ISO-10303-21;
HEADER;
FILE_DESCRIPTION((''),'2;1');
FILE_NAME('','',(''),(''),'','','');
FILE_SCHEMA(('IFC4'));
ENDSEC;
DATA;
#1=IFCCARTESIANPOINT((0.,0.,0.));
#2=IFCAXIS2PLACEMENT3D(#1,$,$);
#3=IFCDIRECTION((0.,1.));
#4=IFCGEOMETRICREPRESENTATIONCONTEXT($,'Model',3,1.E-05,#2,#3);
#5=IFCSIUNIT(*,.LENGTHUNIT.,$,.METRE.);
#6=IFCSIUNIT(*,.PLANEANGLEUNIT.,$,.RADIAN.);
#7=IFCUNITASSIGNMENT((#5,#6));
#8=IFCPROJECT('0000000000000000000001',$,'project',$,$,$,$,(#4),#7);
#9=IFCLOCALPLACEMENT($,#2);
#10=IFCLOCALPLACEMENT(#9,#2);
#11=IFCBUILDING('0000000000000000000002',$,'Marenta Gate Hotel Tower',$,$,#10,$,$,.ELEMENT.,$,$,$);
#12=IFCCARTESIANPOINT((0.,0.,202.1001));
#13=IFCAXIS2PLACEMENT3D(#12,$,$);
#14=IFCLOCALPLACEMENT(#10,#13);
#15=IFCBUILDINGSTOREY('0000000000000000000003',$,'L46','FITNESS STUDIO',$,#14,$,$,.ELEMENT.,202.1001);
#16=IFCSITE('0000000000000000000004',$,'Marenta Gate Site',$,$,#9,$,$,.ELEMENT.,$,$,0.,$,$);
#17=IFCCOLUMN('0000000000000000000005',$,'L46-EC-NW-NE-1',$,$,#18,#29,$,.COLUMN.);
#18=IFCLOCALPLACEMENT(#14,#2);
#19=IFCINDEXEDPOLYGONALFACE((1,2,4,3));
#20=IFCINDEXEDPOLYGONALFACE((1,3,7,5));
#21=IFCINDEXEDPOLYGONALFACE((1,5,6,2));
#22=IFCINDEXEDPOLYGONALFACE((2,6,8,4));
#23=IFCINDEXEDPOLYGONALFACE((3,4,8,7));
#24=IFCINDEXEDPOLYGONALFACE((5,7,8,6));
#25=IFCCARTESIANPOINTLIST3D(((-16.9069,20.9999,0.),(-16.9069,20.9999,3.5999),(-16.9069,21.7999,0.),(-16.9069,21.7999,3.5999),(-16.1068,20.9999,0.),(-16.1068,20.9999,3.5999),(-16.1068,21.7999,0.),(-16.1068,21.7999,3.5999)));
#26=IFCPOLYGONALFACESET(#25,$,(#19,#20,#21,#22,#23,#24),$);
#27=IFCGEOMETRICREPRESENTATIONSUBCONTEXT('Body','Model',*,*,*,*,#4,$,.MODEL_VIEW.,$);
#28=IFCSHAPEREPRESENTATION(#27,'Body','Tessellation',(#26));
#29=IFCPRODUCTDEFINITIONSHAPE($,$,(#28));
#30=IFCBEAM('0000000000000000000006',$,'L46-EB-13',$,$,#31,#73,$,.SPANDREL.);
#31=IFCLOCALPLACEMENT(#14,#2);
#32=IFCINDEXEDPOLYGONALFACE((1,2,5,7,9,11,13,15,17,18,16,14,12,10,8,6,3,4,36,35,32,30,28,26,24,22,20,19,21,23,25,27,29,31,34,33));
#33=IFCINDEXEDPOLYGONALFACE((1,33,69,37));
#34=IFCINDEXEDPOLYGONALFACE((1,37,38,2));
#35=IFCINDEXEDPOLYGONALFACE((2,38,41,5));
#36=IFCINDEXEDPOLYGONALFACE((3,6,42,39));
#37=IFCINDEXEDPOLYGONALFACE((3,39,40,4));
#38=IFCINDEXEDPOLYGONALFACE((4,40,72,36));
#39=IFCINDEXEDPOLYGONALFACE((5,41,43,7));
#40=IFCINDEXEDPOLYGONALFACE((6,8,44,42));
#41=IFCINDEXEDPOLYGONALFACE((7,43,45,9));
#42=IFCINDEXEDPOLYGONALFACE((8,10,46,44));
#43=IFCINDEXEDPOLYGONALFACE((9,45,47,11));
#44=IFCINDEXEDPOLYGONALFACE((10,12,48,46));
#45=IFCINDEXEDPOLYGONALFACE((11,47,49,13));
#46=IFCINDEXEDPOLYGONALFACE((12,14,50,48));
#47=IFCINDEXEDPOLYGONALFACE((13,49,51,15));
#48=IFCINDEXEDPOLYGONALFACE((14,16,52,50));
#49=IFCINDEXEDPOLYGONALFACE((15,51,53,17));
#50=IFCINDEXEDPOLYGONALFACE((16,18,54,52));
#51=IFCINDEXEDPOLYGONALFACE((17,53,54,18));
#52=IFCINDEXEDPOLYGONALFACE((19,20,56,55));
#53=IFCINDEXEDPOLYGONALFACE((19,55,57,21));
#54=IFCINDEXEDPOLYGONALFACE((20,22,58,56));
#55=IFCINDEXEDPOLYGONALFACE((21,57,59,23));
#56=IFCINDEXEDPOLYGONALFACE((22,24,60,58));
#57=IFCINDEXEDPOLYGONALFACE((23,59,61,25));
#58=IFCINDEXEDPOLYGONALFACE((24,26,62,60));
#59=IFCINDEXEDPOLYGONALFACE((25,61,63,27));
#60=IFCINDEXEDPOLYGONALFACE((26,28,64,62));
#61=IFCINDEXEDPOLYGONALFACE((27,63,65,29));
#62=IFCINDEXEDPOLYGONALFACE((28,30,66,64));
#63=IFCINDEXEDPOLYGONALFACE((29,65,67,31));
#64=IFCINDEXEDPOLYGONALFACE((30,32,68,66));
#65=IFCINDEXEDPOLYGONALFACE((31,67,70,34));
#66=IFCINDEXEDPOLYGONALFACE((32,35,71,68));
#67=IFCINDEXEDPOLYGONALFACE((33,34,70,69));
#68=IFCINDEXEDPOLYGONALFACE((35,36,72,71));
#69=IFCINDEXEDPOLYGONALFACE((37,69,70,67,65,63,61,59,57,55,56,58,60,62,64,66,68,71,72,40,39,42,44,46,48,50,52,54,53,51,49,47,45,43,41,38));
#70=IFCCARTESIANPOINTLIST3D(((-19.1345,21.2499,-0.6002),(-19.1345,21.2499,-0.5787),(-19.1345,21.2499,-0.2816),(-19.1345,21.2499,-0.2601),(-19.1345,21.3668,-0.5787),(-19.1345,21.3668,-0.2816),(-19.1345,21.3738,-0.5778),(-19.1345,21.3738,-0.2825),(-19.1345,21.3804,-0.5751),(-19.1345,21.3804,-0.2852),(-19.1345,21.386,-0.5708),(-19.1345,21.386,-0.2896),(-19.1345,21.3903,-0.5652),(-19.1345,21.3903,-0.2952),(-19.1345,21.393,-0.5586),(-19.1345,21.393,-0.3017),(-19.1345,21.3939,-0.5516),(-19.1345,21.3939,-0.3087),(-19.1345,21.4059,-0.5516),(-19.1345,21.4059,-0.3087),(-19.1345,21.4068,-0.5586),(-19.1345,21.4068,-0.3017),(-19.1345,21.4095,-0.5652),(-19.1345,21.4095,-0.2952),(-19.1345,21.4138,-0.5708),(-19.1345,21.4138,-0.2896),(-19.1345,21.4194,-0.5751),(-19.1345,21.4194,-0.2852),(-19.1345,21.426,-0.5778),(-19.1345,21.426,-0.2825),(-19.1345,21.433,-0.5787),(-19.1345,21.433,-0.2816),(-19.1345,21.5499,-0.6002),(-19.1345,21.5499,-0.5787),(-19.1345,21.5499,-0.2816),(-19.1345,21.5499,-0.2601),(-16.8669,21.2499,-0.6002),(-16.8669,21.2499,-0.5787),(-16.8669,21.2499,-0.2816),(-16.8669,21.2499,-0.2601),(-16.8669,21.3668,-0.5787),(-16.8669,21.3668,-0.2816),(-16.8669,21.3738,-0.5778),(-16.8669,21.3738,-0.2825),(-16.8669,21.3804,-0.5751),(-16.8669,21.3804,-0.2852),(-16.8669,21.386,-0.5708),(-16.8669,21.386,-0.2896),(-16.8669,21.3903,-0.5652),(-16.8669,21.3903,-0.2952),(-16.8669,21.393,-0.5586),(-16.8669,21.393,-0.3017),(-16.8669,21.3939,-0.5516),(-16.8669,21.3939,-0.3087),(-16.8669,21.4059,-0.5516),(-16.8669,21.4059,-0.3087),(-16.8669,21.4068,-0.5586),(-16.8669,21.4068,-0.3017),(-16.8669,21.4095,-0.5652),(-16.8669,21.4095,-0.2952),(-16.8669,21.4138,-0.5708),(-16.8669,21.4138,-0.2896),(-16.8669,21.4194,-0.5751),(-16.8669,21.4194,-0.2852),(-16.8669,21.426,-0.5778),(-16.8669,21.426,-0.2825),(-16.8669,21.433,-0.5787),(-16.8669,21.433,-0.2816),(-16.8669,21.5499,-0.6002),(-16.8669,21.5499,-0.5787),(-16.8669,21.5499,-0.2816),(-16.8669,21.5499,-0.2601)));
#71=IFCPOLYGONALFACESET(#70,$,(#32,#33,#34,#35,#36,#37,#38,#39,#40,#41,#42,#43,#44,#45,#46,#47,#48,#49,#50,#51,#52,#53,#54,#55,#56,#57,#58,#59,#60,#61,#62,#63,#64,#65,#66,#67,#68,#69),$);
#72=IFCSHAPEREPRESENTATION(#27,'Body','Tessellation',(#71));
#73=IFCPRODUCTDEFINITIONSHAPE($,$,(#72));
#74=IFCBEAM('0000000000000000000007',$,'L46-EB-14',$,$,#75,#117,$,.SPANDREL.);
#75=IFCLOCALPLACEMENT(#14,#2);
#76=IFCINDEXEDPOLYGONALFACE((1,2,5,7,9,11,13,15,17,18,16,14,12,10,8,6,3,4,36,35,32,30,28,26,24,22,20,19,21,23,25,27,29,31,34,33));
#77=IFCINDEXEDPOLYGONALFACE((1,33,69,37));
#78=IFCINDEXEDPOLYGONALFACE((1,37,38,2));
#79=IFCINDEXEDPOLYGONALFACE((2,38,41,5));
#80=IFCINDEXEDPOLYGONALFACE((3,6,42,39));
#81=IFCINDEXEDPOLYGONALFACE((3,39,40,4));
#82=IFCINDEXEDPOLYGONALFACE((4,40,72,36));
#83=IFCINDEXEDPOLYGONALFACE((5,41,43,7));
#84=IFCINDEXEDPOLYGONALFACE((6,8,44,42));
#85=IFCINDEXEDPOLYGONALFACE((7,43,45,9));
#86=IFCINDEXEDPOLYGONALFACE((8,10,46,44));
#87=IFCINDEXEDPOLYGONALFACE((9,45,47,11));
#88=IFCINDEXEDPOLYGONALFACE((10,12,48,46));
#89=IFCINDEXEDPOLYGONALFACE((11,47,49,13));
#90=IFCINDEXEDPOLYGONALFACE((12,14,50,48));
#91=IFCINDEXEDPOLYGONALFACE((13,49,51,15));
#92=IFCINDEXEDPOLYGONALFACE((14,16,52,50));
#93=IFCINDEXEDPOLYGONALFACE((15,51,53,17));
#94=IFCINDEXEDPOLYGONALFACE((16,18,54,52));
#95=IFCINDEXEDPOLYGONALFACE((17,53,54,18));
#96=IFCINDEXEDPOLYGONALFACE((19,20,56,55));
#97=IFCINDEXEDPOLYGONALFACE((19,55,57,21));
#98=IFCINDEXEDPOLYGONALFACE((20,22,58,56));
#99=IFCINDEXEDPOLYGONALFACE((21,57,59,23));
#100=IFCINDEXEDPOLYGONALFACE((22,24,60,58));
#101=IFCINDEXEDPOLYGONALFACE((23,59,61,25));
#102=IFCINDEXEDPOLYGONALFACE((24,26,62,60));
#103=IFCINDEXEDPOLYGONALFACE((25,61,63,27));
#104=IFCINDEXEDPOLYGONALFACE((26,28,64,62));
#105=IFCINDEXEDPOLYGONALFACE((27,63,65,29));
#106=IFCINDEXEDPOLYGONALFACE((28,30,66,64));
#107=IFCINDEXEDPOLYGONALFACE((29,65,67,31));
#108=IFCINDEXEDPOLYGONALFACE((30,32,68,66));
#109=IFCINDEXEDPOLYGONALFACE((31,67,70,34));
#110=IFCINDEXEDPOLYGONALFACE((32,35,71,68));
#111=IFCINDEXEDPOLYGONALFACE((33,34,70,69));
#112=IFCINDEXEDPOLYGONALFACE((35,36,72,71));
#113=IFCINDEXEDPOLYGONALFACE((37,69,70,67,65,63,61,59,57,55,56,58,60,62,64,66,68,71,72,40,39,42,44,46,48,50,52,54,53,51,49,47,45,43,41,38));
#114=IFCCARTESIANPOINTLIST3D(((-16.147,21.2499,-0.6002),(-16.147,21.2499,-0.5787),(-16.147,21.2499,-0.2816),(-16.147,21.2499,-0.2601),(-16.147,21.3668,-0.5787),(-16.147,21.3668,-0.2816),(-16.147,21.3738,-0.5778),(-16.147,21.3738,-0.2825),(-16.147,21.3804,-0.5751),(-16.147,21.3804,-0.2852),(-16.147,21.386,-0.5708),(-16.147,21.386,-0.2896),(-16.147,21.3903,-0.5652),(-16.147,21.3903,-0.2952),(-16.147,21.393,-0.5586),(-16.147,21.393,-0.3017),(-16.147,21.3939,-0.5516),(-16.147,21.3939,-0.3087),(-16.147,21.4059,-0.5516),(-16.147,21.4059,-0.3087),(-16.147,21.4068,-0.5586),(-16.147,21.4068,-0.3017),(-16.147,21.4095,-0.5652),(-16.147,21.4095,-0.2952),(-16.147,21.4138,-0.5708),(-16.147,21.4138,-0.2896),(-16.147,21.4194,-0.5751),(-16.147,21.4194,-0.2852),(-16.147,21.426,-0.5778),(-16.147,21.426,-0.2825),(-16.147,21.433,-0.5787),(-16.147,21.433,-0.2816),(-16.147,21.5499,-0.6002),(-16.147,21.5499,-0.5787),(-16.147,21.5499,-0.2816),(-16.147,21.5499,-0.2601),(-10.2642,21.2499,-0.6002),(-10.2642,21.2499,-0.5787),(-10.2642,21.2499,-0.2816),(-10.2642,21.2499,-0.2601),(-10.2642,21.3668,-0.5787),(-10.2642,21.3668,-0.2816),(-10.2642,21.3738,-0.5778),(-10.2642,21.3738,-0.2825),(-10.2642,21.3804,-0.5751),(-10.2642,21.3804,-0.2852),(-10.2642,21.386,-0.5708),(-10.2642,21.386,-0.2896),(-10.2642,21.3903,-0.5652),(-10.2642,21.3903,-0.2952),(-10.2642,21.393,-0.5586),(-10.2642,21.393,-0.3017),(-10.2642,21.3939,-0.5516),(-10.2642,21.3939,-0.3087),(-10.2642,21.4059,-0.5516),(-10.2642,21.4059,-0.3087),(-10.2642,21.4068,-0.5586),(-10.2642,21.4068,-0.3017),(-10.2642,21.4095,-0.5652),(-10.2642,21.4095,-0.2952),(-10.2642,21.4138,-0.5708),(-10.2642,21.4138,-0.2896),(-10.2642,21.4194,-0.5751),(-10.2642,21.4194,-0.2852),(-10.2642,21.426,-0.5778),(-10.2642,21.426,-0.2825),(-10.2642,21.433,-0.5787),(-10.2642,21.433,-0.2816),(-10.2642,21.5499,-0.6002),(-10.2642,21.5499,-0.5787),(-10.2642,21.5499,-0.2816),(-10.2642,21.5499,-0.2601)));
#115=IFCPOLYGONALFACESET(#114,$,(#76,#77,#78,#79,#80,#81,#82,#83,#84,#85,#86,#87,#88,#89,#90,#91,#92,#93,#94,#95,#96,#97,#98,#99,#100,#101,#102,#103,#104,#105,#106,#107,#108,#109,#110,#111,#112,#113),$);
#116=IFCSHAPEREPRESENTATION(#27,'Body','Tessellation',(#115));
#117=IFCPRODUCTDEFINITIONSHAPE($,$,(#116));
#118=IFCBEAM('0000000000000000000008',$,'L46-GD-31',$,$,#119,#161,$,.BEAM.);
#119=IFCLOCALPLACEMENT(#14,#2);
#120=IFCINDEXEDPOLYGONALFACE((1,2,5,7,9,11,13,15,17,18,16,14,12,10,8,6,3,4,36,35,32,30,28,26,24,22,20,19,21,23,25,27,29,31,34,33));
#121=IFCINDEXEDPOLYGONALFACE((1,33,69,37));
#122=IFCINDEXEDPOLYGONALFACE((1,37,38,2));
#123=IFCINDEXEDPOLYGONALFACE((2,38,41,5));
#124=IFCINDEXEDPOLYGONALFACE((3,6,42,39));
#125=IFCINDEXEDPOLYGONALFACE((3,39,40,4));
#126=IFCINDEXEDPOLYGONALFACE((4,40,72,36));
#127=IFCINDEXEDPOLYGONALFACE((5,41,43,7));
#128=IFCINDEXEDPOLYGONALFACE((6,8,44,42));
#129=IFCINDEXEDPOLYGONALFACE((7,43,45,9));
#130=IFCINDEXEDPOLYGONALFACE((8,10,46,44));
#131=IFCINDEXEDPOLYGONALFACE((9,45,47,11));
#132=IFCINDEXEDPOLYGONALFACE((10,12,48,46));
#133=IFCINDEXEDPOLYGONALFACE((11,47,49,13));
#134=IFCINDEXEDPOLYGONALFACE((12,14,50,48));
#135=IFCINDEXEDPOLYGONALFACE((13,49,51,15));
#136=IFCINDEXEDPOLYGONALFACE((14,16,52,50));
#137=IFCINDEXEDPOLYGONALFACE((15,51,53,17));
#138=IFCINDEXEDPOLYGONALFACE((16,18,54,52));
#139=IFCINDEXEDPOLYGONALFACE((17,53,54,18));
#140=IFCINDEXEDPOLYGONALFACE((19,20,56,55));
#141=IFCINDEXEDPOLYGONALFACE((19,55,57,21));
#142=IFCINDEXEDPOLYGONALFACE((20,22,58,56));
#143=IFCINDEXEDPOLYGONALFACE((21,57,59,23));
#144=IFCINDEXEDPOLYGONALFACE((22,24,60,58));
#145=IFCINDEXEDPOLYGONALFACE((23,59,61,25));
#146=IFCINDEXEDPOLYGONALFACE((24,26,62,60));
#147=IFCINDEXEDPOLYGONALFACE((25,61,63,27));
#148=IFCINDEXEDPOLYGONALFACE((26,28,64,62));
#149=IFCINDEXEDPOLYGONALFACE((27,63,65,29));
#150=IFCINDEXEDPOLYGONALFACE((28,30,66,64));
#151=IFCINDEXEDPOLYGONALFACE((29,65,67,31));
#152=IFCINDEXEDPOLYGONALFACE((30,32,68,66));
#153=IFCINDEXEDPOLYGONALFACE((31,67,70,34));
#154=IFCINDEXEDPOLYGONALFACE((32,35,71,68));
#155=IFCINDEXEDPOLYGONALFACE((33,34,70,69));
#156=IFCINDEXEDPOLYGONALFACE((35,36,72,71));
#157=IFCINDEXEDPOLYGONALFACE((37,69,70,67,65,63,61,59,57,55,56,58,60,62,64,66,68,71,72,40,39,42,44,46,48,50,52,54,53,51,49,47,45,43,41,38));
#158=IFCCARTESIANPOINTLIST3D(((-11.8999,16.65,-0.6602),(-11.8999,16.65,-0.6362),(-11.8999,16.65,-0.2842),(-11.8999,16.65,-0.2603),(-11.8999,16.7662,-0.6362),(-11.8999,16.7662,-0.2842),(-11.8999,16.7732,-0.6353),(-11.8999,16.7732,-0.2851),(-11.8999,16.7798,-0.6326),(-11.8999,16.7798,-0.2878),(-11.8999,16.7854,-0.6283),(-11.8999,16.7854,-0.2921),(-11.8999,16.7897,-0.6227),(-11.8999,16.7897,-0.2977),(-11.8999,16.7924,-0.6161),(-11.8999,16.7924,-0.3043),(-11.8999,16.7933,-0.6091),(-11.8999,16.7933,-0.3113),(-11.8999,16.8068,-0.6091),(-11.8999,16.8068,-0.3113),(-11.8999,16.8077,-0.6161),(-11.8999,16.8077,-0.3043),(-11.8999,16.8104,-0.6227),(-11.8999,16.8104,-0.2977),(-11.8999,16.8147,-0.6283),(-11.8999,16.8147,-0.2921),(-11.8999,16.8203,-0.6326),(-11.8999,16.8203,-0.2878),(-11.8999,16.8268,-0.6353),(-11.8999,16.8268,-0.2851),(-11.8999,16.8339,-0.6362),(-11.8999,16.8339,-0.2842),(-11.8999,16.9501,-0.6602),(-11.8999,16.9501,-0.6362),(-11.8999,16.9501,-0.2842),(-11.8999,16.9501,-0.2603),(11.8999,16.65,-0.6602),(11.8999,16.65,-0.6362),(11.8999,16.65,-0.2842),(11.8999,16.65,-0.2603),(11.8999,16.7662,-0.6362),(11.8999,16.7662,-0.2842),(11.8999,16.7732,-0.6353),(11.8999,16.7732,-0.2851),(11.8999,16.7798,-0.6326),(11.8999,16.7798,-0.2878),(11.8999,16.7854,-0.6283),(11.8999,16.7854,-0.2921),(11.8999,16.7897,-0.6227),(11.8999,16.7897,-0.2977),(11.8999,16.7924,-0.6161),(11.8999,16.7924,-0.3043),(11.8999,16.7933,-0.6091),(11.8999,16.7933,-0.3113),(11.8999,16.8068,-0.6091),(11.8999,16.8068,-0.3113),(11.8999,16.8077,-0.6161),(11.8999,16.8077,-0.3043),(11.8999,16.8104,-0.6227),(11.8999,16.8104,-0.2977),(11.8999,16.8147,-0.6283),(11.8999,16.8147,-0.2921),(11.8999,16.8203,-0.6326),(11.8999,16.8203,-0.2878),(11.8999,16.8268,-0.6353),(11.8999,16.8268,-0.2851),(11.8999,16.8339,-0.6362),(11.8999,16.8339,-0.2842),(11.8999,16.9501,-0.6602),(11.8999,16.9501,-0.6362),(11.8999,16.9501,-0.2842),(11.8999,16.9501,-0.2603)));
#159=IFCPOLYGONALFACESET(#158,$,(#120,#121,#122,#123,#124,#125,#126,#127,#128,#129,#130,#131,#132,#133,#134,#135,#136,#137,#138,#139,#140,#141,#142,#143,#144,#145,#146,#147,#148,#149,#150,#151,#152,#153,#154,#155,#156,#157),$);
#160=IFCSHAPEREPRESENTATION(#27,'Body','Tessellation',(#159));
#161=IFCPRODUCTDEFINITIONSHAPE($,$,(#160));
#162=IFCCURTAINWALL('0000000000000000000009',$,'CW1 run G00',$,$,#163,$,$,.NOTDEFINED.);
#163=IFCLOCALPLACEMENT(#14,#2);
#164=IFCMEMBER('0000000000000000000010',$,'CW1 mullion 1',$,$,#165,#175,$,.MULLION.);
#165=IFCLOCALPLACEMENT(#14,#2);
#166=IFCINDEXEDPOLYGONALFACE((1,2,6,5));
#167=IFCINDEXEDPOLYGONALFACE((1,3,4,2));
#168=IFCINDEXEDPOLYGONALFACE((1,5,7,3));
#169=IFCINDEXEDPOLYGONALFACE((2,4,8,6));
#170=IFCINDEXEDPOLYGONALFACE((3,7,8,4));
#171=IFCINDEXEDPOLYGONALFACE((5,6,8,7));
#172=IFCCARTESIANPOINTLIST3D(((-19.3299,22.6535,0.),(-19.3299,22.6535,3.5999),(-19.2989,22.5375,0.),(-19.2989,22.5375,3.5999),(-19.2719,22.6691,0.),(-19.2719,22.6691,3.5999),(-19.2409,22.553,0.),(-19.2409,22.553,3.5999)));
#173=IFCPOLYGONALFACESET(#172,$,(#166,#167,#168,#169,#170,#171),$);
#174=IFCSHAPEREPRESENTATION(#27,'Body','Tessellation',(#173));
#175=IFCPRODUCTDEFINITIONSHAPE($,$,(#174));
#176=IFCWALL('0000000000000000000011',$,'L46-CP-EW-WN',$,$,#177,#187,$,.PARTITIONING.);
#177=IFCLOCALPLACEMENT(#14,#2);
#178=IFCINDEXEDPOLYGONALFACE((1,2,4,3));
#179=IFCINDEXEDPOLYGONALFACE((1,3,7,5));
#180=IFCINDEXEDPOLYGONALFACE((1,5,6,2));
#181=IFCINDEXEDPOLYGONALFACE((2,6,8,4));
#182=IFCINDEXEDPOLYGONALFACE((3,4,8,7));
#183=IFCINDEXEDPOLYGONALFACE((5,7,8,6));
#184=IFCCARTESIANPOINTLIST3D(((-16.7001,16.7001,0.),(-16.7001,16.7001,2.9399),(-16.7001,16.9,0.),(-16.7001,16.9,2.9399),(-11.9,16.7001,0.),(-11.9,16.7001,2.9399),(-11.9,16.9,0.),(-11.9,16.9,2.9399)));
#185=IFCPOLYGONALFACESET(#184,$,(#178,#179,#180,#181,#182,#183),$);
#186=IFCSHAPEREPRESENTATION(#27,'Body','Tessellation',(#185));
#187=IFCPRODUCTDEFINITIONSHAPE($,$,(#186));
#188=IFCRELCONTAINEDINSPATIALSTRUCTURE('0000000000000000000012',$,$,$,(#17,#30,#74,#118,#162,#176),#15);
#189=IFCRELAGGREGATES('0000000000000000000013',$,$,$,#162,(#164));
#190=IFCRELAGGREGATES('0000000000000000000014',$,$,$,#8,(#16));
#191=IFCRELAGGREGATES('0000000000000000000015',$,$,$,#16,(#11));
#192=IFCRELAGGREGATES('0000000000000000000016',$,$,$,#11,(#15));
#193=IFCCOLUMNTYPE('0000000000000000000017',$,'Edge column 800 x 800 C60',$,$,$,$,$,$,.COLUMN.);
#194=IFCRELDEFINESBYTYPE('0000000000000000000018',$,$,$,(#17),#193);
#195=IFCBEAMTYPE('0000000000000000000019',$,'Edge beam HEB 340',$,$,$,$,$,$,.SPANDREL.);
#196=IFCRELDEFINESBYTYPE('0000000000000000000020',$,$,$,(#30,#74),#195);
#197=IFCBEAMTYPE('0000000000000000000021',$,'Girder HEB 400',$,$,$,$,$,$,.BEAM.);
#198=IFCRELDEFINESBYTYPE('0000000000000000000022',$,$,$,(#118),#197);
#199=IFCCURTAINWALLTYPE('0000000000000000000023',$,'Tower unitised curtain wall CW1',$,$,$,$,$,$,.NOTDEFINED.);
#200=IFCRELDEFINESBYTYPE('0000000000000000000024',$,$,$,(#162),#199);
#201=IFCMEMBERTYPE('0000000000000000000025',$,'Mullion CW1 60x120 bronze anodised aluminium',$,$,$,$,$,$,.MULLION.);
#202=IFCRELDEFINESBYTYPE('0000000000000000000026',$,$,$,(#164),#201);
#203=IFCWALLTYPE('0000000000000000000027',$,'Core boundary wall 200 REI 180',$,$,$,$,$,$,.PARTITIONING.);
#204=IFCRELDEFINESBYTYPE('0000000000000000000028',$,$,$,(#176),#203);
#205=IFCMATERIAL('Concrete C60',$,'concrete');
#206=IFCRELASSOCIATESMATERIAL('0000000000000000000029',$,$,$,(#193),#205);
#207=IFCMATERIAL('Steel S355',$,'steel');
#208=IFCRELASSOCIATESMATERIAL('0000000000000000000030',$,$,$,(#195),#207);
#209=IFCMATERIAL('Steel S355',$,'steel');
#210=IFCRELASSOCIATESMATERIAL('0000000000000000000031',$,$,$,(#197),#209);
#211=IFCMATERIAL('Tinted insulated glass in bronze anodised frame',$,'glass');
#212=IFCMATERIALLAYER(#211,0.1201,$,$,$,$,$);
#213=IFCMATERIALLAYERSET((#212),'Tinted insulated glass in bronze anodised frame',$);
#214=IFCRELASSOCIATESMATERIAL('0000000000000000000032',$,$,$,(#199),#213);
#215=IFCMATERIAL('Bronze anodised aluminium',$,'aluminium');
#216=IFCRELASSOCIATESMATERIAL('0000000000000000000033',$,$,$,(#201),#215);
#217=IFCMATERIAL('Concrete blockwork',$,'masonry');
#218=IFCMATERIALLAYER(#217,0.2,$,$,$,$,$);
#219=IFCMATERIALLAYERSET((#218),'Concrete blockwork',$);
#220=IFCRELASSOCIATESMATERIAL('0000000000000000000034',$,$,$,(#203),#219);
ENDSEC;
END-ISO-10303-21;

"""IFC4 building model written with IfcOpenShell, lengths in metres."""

from ifc_helpers import new_model, si_unit, direction, frame, frame_2d, origin, origin_2d, place, context, subcontext, project, spatial, rectangle, i_section, extrude, material, layer, layer_set, material_profile, profile_set, type_object, element, aggregate, save


model = new_model("IFC4")

# Units and contexts
model_context = context("Model", 3, precision=1e-05, world=origin(), true_north=direction((0.0, 1.0)))
body_context = subcontext(model_context, "Body", "Model", "MODEL_VIEW")
ifc_project = project(units=[si_unit("LENGTHUNIT", "METRE"), si_unit("PLANEANGLEUNIT", "RADIAN")], contexts=[model_context])

# Site, building, storey
site_placement = place(None, origin())
site = spatial("IfcSite", under=ifc_project, at=site_placement, Name="Marenta Gate Site", CompositionType="ELEMENT", RefElevation=0.0)
building_placement = place(site_placement, origin())
building = spatial("IfcBuilding", under=site, at=building_placement, Name="Marenta Gate Hotel Tower", CompositionType="ELEMENT")
storey_placement = place(building_placement, frame((0.0, 0.0, 202.1001)))
storey = spatial("IfcBuildingStorey", under=building, at=storey_placement, Name="L46", Description="FITNESS STUDIO", CompositionType="ELEMENT", Elevation=202.1001)

# Column
ifc_material_1 = material(Name="Concrete C60", Category="concrete")
ifc_material_profile_1 = material_profile(ifc_material_1, rectangle(XDim=0.8, YDim=0.8, at=origin_2d()), Name="800 x 800")
ifc_profile_set_1 = profile_set([ifc_material_profile_1], Name="Concrete C60")
column_type = type_object("IfcColumnType", Name="Edge column 800 x 800 C60", PredefinedType="COLUMN", material=ifc_profile_set_1)
column_placement = place(storey_placement, frame((-16.5068, 21.3999, 0.0), z_axis=(0.0, 0.0, 1.0), x_axis=(1.0, 0.0, 0.0)))
element("IfcColumn", 1, at=column_placement, inside=storey, type_object=column_type, Name="L46-EC-NW-NE-1", PredefinedType="COLUMN", context=body_context, shape_type="SweptSolid", body=[
    extrude(rectangle(XDim=0.8, YDim=0.8, at=origin_2d()), origin(), (0.0, 0.0, 1.0), 3.5999),
])

# Beams
ifc_material_2 = material(Name="Steel S355", Category="steel")
ifc_material_profile_2 = material_profile(ifc_material_2, i_section(OverallWidth=0.3, OverallDepth=0.3401, WebThickness=0.012, FlangeThickness=0.0215, FilletRadius=0.0271, at=origin_2d()), Name="HEB 340")
ifc_profile_set_2 = profile_set([ifc_material_profile_2], Name="Steel S355")
beam_type_1 = type_object("IfcBeamType", Name="Edge beam HEB 340", PredefinedType="SPANDREL", material=ifc_profile_set_2)
beam_1_placement = place(storey_placement, frame((-19.1345, 21.3999, -0.4302), z_axis=(1.0, 0.0, 0.0), x_axis=(0.0, 1.0, 0.0)))
element("IfcBeam", 2, at=beam_1_placement, inside=storey, type_object=beam_type_1, Name="L46-EB-13", PredefinedType="SPANDREL", context=body_context, shape_type="SweptSolid", body=[
    extrude(i_section(OverallWidth=0.3, OverallDepth=0.3401, WebThickness=0.012, FlangeThickness=0.0215, FilletRadius=0.0271, at=origin_2d()), origin(), (0.0, 0.0, 1.0), 2.2676),
])
beam_2_placement = place(storey_placement, frame((-16.147, 21.3999, -0.4302), z_axis=(1.0, 0.0, 0.0), x_axis=(0.0, 1.0, 0.0)))
element("IfcBeam", 3, at=beam_2_placement, inside=storey, type_object=beam_type_1, Name="L46-EB-14", PredefinedType="SPANDREL", context=body_context, shape_type="SweptSolid", body=[
    extrude(i_section(OverallWidth=0.3, OverallDepth=0.3401, WebThickness=0.012, FlangeThickness=0.0215, FilletRadius=0.0271, at=origin_2d()), origin(), (0.0, 0.0, 1.0), 5.8828),
])
ifc_material_3 = material(Name="Steel S355", Category="steel")
ifc_material_profile_3 = material_profile(ifc_material_3, i_section(OverallWidth=0.3, OverallDepth=0.3999, WebThickness=0.0134, FlangeThickness=0.0239, FilletRadius=0.0271, at=origin_2d()), Name="HEB 400")
ifc_profile_set_3 = profile_set([ifc_material_profile_3], Name="Steel S355")
beam_type_2 = type_object("IfcBeamType", Name="Girder HEB 400", PredefinedType="BEAM", material=ifc_profile_set_3)
beam_3_placement = place(storey_placement, frame((-11.8999, 16.8, -0.4602), z_axis=(1.0, 0.0, 0.0), x_axis=(0.0, 1.0, 0.0)))
element("IfcBeam", 4, at=beam_3_placement, inside=storey, type_object=beam_type_2, Name="L46-GD-31", PredefinedType="BEAM", context=body_context, shape_type="SweptSolid", body=[
    extrude(i_section(OverallWidth=0.3, OverallDepth=0.3999, WebThickness=0.0134, FlangeThickness=0.0239, FilletRadius=0.0271, at=origin_2d()), origin(), (0.0, 0.0, 1.0), 23.7998),
])

# Curtain wall, member
ifc_material_4 = material(Name="Tinted insulated glass in bronze anodised frame", Category="glass")
ifc_layer_1 = layer(ifc_material_4, 0.1201)
ifc_layer_set_1 = layer_set([ifc_layer_1], Name="Tinted insulated glass in bronze anodised frame")
curtain_wall_type = type_object("IfcCurtainWallType", Name="Tower unitised curtain wall CW1", PredefinedType="NOTDEFINED", material=ifc_layer_set_1)
curtain_wall_placement = place(storey_placement, origin())
curtain_wall = element("IfcCurtainWall", 5, at=curtain_wall_placement, inside=storey, type_object=curtain_wall_type, Name="CW1 run G00", PredefinedType="NOTDEFINED")
ifc_material_5 = material(Name="Bronze anodised aluminium", Category="aluminium")
ifc_material_profile_4 = material_profile(ifc_material_5, rectangle(XDim=0.1201, YDim=0.0601, at=origin_2d()), Name="Mullion CW1 60x120 bronze anodised aluminium")
ifc_profile_set_4 = profile_set([ifc_material_profile_4], Name="Bronze anodised aluminium")
member_type = type_object("IfcMemberType", Name="Mullion CW1 60x120 bronze anodised aluminium", PredefinedType="MULLION", material=ifc_profile_set_4)
member_placement = place(storey_placement, frame((-19.2854, 22.6033, 0.0), z_axis=(0.0, 0.0, 1.0), x_axis=(0.258801, -0.965931, 0.0)))
member = element("IfcMember", 6, at=member_placement, type_object=member_type, Name="CW1 mullion 1", PredefinedType="MULLION", context=body_context, shape_type="SweptSolid", body=[
    extrude(rectangle(XDim=0.1201, YDim=0.0601, at=origin_2d()), origin(), (0.0, 0.0, 1.0), 3.5999),
])
aggregate(curtain_wall, [member])

# Wall
ifc_material_6 = material(Name="Concrete blockwork", Category="masonry")
ifc_layer_2 = layer(ifc_material_6, 0.2)
ifc_layer_set_2 = layer_set([ifc_layer_2], Name="Concrete blockwork")
wall_type_1 = type_object("IfcWallType", Name="Core boundary wall 200 REI 180", PredefinedType="PARTITIONING", material=ifc_layer_set_2)
wall_1_placement = place(storey_placement, frame((-16.7, 16.8, 0.0), z_axis=(0.0, 0.0, 1.0), x_axis=(1.0, 0.0, 0.0)))
element("IfcWall", 7, at=wall_1_placement, inside=storey, type_object=wall_type_1, Name="L46-CP-EW-WN", PredefinedType="PARTITIONING", context=body_context, shape_type="SweptSolid", body=[
    extrude(rectangle(XDim=4.8, YDim=0.2, at=frame_2d((2.3999, 0.0))), origin(), (0.0, 0.0, 1.0), 2.9399),
])

save(model, "model.ifc")
